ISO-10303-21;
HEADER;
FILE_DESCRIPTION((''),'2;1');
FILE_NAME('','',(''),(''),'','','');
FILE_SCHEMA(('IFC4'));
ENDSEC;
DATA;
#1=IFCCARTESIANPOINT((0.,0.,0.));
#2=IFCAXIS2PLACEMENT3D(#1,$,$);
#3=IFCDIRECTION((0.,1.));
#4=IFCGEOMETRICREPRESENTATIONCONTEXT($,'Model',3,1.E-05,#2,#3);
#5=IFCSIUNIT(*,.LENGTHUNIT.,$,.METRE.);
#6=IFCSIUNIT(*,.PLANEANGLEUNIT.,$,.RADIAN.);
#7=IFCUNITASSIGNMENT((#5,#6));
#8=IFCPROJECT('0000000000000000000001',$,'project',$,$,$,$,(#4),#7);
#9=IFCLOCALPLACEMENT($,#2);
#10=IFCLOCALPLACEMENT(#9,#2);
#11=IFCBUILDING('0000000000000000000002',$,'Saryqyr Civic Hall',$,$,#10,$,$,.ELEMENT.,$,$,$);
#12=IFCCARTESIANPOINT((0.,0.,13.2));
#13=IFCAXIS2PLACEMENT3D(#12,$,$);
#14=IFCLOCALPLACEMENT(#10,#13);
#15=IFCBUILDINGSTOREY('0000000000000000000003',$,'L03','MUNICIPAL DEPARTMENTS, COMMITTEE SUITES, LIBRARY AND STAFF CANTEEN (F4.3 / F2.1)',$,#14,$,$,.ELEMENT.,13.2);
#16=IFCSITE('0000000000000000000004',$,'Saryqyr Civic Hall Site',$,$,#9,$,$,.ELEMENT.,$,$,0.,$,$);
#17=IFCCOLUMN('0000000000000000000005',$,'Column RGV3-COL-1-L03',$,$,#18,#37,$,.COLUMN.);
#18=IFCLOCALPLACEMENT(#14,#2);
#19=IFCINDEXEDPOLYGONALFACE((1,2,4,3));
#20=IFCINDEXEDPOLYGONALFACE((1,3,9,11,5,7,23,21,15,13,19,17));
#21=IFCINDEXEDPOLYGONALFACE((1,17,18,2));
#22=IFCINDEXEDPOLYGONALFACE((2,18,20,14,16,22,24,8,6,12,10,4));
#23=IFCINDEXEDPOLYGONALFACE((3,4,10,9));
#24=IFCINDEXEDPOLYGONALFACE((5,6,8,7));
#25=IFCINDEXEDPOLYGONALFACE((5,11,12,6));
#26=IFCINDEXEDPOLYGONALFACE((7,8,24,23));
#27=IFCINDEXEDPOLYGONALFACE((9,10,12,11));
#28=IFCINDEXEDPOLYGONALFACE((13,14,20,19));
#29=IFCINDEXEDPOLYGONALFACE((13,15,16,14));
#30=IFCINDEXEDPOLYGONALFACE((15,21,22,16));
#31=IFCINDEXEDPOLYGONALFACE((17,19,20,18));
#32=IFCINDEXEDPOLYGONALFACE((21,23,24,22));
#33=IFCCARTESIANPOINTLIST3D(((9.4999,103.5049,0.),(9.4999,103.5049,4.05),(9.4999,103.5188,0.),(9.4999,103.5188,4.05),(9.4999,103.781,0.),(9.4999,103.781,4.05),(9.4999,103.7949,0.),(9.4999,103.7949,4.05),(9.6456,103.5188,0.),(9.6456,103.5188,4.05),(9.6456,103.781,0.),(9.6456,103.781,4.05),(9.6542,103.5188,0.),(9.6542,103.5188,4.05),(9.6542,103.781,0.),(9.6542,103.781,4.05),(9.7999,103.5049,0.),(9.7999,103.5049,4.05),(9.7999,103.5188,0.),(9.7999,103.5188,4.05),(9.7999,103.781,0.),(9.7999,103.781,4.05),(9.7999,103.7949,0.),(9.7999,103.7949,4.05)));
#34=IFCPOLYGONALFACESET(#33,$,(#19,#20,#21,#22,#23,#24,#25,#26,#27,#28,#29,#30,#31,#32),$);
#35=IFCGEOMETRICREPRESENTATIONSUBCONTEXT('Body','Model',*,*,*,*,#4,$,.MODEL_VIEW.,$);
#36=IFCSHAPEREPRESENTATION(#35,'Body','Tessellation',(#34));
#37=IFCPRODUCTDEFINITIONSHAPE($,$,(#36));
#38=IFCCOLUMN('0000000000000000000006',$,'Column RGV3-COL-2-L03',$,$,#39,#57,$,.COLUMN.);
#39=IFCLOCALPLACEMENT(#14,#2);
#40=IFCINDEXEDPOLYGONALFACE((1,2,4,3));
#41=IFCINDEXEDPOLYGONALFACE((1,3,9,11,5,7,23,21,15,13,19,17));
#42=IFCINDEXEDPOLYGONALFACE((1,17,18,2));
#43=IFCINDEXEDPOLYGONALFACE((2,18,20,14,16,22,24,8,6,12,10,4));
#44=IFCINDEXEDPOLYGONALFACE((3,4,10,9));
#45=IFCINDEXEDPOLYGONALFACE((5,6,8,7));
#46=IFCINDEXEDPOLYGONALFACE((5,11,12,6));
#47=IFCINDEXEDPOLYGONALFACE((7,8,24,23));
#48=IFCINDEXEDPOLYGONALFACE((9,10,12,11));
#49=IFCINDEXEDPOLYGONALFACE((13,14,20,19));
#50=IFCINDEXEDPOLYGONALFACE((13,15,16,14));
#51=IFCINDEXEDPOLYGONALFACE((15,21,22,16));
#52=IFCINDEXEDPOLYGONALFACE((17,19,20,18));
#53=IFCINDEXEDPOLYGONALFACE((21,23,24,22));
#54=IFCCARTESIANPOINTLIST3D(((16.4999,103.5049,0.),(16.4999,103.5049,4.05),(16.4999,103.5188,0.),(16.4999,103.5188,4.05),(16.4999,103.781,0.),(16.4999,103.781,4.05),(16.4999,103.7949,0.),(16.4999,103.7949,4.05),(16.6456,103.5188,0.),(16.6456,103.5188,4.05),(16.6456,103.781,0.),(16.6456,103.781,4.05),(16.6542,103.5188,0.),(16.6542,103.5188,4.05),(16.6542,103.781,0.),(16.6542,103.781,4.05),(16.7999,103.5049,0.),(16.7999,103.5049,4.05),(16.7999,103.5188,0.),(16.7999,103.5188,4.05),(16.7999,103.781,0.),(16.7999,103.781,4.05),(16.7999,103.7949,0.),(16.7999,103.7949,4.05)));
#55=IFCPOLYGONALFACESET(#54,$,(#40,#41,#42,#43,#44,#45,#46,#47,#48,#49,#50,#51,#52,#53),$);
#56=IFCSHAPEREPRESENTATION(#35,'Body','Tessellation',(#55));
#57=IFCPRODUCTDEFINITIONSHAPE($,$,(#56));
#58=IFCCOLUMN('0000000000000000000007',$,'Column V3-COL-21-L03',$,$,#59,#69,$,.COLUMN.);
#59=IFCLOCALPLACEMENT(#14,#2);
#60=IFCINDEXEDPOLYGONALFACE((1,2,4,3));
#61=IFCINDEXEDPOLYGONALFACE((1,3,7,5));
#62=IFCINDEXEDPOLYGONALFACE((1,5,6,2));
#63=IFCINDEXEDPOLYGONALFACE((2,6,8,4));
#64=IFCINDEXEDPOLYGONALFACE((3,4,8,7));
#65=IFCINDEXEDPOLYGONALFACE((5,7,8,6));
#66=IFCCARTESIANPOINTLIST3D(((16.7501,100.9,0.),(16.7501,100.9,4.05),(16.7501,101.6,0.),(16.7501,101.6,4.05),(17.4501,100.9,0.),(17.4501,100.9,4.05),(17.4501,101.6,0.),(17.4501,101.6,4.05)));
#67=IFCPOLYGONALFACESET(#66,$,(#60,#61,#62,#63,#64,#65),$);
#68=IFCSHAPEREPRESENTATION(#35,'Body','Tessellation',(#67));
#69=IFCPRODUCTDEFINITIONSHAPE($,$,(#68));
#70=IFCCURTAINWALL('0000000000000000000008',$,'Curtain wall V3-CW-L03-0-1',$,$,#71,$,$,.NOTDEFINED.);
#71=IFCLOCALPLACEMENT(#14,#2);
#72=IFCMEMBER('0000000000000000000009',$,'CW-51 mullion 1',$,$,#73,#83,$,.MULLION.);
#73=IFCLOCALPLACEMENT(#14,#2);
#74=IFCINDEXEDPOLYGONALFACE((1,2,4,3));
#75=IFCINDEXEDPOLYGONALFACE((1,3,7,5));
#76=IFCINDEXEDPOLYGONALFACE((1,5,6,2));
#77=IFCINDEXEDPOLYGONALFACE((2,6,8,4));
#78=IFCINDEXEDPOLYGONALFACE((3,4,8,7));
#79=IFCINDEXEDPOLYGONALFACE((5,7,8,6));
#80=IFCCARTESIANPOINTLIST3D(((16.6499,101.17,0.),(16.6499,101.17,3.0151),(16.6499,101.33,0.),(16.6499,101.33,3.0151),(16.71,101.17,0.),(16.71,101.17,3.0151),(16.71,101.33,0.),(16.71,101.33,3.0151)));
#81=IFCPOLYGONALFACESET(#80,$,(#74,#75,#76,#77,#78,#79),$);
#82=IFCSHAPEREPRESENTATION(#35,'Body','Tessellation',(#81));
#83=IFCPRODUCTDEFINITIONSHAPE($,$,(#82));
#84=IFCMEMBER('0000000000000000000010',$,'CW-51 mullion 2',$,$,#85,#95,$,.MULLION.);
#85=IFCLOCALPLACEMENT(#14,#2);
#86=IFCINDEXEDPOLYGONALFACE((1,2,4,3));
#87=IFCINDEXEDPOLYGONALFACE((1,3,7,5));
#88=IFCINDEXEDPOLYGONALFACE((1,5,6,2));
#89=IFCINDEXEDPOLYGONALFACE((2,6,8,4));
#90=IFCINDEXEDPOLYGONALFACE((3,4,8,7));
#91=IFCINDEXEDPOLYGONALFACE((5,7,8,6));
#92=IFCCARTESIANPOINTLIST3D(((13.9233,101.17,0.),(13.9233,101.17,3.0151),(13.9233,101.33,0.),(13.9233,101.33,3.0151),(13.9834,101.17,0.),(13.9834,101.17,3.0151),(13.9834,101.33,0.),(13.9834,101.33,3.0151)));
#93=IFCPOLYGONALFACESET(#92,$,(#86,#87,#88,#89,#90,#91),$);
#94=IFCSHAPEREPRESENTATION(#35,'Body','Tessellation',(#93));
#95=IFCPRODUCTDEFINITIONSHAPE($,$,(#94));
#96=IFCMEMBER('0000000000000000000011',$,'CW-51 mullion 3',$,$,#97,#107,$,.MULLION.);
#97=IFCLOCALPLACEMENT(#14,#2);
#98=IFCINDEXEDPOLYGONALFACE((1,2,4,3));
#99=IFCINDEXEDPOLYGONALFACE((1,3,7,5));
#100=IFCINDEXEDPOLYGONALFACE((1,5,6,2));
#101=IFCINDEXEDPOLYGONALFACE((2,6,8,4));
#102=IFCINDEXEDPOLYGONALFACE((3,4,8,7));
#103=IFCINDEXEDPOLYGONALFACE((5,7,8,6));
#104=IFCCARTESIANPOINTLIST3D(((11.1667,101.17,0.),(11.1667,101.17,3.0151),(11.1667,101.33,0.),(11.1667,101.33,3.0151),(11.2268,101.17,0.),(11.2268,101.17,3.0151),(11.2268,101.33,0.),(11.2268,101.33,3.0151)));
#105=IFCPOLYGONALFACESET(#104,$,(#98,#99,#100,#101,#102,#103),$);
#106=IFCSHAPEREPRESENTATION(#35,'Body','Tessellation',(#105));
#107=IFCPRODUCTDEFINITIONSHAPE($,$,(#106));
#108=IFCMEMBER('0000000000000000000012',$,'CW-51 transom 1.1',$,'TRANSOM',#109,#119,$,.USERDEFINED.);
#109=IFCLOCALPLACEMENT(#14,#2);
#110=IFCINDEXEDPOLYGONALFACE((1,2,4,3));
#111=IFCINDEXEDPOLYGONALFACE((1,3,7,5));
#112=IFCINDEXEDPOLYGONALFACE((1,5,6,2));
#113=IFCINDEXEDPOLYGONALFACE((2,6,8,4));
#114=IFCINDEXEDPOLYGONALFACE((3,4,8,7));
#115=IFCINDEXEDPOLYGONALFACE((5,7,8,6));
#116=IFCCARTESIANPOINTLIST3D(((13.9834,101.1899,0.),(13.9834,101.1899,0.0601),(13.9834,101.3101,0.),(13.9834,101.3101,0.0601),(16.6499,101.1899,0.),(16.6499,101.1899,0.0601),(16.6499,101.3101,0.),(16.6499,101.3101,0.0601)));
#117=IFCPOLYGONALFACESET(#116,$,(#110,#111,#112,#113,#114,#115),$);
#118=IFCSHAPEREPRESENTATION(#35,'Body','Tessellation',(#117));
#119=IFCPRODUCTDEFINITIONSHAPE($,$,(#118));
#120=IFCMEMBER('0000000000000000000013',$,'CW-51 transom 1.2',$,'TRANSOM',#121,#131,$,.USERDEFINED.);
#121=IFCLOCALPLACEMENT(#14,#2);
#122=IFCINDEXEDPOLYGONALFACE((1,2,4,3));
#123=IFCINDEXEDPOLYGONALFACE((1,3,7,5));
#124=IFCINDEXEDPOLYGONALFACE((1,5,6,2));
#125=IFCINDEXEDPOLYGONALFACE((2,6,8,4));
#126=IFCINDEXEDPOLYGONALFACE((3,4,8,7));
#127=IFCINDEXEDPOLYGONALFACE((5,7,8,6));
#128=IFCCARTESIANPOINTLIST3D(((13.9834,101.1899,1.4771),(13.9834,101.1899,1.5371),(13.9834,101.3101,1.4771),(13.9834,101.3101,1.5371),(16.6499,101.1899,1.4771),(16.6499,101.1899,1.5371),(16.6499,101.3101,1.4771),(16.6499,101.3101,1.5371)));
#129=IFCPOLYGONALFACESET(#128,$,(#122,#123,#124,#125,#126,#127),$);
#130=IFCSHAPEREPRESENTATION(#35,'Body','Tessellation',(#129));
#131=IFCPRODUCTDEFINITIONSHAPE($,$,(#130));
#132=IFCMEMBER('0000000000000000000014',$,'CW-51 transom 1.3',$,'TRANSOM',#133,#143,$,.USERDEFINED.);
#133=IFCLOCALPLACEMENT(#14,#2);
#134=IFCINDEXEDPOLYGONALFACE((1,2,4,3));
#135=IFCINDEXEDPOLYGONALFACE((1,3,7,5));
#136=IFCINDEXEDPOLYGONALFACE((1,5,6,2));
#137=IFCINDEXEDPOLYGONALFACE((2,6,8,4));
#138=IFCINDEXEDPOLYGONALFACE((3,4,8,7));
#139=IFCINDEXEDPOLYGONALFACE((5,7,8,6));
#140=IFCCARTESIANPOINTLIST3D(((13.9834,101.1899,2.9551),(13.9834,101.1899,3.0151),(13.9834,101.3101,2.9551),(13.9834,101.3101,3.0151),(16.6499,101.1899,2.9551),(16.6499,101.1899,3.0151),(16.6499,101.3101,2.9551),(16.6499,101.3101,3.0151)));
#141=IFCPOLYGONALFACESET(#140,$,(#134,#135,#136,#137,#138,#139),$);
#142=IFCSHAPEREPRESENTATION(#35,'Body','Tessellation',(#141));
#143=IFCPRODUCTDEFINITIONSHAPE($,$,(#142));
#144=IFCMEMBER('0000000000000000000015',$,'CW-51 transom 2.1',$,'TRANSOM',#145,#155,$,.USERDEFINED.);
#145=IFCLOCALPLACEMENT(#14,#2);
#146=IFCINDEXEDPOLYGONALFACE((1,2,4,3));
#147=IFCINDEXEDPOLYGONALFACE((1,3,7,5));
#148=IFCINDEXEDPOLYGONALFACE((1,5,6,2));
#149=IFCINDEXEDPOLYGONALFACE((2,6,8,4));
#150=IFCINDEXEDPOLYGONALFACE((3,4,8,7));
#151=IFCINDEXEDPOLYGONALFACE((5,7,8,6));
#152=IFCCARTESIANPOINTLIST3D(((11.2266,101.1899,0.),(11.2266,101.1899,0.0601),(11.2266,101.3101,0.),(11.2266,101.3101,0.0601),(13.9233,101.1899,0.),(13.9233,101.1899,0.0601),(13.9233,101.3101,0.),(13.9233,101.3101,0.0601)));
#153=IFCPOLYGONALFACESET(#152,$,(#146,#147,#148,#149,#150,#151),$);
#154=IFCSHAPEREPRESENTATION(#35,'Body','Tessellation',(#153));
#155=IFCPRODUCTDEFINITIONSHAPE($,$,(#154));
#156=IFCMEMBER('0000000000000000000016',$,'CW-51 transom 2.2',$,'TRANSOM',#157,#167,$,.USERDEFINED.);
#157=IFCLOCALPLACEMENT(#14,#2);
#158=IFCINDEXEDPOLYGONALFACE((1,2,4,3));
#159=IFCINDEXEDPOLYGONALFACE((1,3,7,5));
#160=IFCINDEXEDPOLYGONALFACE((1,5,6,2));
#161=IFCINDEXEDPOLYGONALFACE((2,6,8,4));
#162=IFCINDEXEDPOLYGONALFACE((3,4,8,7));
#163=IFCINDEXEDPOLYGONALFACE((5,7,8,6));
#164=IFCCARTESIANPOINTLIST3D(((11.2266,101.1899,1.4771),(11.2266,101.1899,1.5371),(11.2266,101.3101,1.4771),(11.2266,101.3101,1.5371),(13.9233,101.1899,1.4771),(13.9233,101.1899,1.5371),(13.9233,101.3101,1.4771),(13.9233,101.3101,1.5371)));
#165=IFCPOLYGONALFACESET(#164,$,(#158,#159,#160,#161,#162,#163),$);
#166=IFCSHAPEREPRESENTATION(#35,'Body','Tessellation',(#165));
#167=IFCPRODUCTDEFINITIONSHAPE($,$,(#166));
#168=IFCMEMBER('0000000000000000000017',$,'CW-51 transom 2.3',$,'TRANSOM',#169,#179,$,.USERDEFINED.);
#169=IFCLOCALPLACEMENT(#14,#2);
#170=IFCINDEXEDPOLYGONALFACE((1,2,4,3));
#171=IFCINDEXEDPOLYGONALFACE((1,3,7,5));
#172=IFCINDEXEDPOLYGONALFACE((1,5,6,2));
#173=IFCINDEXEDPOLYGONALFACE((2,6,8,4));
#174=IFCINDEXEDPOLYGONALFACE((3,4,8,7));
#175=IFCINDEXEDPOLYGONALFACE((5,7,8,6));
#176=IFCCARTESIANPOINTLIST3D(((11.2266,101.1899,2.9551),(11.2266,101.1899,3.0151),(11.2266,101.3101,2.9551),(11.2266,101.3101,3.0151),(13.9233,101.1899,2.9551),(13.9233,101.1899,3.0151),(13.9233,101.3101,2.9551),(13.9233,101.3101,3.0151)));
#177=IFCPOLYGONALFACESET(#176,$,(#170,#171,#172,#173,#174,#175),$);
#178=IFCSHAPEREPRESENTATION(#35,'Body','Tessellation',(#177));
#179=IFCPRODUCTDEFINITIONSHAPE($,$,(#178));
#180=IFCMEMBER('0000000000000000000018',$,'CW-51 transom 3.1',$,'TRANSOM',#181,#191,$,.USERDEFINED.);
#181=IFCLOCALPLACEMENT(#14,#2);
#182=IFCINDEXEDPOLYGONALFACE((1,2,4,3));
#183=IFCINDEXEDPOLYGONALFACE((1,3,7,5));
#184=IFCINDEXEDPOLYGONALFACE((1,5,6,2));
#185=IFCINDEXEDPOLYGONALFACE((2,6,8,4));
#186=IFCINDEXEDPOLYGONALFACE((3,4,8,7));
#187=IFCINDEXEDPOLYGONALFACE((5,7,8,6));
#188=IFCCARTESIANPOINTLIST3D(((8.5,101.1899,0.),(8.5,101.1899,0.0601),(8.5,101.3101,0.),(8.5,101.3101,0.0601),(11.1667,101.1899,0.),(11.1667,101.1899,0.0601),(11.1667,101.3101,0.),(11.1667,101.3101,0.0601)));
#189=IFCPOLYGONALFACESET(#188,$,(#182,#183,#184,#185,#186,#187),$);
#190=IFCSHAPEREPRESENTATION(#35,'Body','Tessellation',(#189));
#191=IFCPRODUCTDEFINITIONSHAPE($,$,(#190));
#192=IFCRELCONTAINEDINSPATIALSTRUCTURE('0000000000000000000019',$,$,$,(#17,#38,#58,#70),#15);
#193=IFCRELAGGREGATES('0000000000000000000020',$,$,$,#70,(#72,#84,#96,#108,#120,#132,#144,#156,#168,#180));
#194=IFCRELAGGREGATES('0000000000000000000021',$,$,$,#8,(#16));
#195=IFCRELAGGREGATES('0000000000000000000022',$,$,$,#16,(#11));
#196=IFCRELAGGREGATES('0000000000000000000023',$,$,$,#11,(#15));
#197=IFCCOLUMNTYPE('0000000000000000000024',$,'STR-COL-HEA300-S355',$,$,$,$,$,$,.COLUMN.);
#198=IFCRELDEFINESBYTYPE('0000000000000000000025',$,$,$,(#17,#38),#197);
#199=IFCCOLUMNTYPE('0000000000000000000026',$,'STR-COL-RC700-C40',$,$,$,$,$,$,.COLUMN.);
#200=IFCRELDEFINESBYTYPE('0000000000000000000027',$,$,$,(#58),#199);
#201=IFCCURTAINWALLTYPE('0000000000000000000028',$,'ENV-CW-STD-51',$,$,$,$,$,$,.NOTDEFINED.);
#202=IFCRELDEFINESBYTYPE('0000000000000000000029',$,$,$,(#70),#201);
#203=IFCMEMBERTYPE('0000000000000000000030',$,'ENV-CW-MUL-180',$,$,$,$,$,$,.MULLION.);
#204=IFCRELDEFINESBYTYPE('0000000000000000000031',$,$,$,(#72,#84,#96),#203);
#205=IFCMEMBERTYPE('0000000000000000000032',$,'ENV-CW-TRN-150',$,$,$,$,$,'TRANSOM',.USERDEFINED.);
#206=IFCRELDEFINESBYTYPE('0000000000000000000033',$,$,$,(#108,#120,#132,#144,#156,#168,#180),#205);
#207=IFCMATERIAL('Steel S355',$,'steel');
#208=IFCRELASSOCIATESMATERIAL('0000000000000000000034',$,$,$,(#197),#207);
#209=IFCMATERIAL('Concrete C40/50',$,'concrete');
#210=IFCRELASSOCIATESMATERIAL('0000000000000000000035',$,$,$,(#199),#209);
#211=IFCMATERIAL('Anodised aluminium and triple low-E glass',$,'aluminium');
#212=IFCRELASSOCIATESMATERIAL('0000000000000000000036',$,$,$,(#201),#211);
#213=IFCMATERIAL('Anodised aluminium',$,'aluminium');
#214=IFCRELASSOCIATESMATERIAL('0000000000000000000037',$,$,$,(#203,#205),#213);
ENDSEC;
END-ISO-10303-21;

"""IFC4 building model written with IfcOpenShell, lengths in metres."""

from ifc_helpers import new_model, si_unit, direction, frame, origin, origin_2d, place, context, subcontext, project, spatial, rectangle, i_section, extrude, material, material_profile, profile_set, type_object, element, aggregate, save


model = new_model("IFC4")

# Units and contexts
model_context = context("Model", 3, precision=1e-05, world=origin(), true_north=direction((0.0, 1.0)))
body_context = subcontext(model_context, "Body", "Model", "MODEL_VIEW")
ifc_project = project(units=[si_unit("LENGTHUNIT", "METRE"), si_unit("PLANEANGLEUNIT", "RADIAN")], contexts=[model_context])

# Site, building, storey
site_placement = place(None, origin())
site = spatial("IfcSite", under=ifc_project, at=site_placement, Name="Saryqyr Civic Hall Site", CompositionType="ELEMENT", RefElevation=0.0)
building_placement = place(site_placement, origin())
building = spatial("IfcBuilding", under=site, at=building_placement, Name="Saryqyr Civic Hall", CompositionType="ELEMENT")
storey_placement = place(building_placement, frame((0.0, 0.0, 13.2)))
storey = spatial("IfcBuildingStorey", under=building, at=storey_placement, Name="L03", Description="MUNICIPAL DEPARTMENTS, COMMITTEE SUITES, LIBRARY AND STAFF CANTEEN (F4.3 / F2.1)", CompositionType="ELEMENT", Elevation=13.2)

# Columns
ifc_material_1 = material(Name="Steel S355", Category="steel")
ifc_material_profile_1 = material_profile(ifc_material_1, i_section(OverallWidth=0.3, OverallDepth=0.29, WebThickness=0.0085, FlangeThickness=0.0139, at=origin_2d()), Name="HEA 300")
ifc_profile_set_1 = profile_set([ifc_material_profile_1], Name="Steel S355")
column_type_1 = type_object("IfcColumnType", Name="STR-COL-HEA300-S355", PredefinedType="COLUMN", material=ifc_profile_set_1)
for number, where, z_axis, x_axis, name in (
    (1, (9.6499, 103.6499, 0.0), (0.0, 0.0, 1.0), (1.0, 0.0, 0.0), "Column RGV3-COL-1-L03"),
    (2, (16.6499, 103.6499, 0.0), (0.0, 0.0, 1.0), (1.0, 0.0, 0.0), "Column RGV3-COL-2-L03"),
):
    element("IfcColumn", number, at=place(storey_placement, frame(where, z_axis=z_axis, x_axis=x_axis)), inside=storey, type_object=column_type_1, Name=name, PredefinedType="COLUMN", context=body_context, shape_type="SweptSolid", body=[
        extrude(i_section(OverallWidth=0.3, OverallDepth=0.29, WebThickness=0.0085, FlangeThickness=0.0139, at=origin_2d()), origin(), (0.0, 0.0, 1.0), 4.05),
    ])
ifc_material_2 = material(Name="Concrete C40/50", Category="concrete")
ifc_material_profile_2 = material_profile(ifc_material_2, rectangle(XDim=0.7, YDim=0.7, at=origin_2d()), Name="RC 700x700")
ifc_profile_set_2 = profile_set([ifc_material_profile_2], Name="Concrete C40/50")
column_type_2 = type_object("IfcColumnType", Name="STR-COL-RC700-C40", PredefinedType="COLUMN", material=ifc_profile_set_2)
column_placement = place(storey_placement, frame((17.1001, 101.25, 0.0), z_axis=(0.0, 0.0, 1.0), x_axis=(1.0, 0.0, 0.0)))
element("IfcColumn", 3, at=column_placement, inside=storey, type_object=column_type_2, Name="Column V3-COL-21-L03", PredefinedType="COLUMN", context=body_context, shape_type="SweptSolid", body=[
    extrude(rectangle(XDim=0.7, YDim=0.7, at=origin_2d()), origin(), (0.0, 0.0, 1.0), 4.05),
])

# Curtain wall, members
ifc_material_3 = material(Name="Anodised aluminium and triple low-E glass", Category="aluminium")
curtain_wall_type = type_object("IfcCurtainWallType", Name="ENV-CW-STD-51", PredefinedType="NOTDEFINED", material=ifc_material_3)
curtain_wall_placement = place(storey_placement, origin())
curtain_wall = element("IfcCurtainWall", 4, at=curtain_wall_placement, inside=storey, type_object=curtain_wall_type, Name="Curtain wall V3-CW-L03-0-1", PredefinedType="NOTDEFINED")
ifc_material_4 = material(Name="Anodised aluminium", Category="aluminium")
ifc_material_profile_3 = material_profile(ifc_material_4, rectangle(XDim=0.0601, YDim=0.1599, at=origin_2d()), Name="ALU MULLION 60x160")
ifc_profile_set_3 = profile_set([ifc_material_profile_3], Name="Anodised aluminium")
member_type_1 = type_object("IfcMemberType", Name="ENV-CW-MUL-180", PredefinedType="MULLION", material=ifc_profile_set_3)
member_1_placement = place(storey_placement, frame((16.6799, 101.25, 0.0), z_axis=(0.0, 0.0, 1.0), x_axis=(-1.0, 0.0, 0.0)))
member_1 = element("IfcMember", 5, at=member_1_placement, type_object=member_type_1, Name="CW-51 mullion 1", PredefinedType="MULLION", context=body_context, shape_type="SweptSolid", body=[
    extrude(rectangle(XDim=0.0601, YDim=0.1599, at=origin_2d()), origin(), (0.0, 0.0, 1.0), 3.0151),
])
member_2_placement = place(storey_placement, frame((13.9534, 101.25, 0.0), z_axis=(0.0, 0.0, 1.0), x_axis=(-1.0, 0.0, 0.0)))
member_2 = element("IfcMember", 6, at=member_2_placement, type_object=member_type_1, Name="CW-51 mullion 2", PredefinedType="MULLION", context=body_context, shape_type="SweptSolid", body=[
    extrude(rectangle(XDim=0.0601, YDim=0.1599, at=origin_2d()), origin(), (0.0, 0.0, 1.0), 3.0151),
])
member_3_placement = place(storey_placement, frame((11.1968, 101.25, 0.0), z_axis=(0.0, 0.0, 1.0), x_axis=(-1.0, 0.0, 0.0)))
member_3 = element("IfcMember", 7, at=member_3_placement, type_object=member_type_1, Name="CW-51 mullion 3", PredefinedType="MULLION", context=body_context, shape_type="SweptSolid", body=[
    extrude(rectangle(XDim=0.0601, YDim=0.1599, at=origin_2d()), origin(), (0.0, 0.0, 1.0), 3.0151),
])
ifc_material_profile_4 = material_profile(ifc_material_4, rectangle(XDim=0.1201, YDim=0.0601, at=origin_2d()), Name="ALU TRANSOM 120x60")
ifc_profile_set_4 = profile_set([ifc_material_profile_4], Name="Anodised aluminium")
member_type_2 = type_object("IfcMemberType", Name="ENV-CW-TRN-150", ElementType="TRANSOM", PredefinedType="USERDEFINED", material=ifc_profile_set_4)
member_4_placement = place(storey_placement, frame((16.6499, 101.25, 0.03), z_axis=(-1.0, 0.0, 0.0), x_axis=(0.0, -1.0, 0.0)))
member_4 = element("IfcMember", 8, at=member_4_placement, type_object=member_type_2, Name="CW-51 transom 1.1", ObjectType="TRANSOM", PredefinedType="USERDEFINED", context=body_context, shape_type="SweptSolid", body=[
    extrude(rectangle(XDim=0.1201, YDim=0.0601, at=origin_2d()), origin(), (0.0, 0.0, 1.0), 2.6665),
])
member_5_placement = place(storey_placement, frame((16.6499, 101.25, 1.5071), z_axis=(-1.0, 0.0, 0.0), x_axis=(0.0, -1.0, 0.0)))
member_5 = element("IfcMember", 9, at=member_5_placement, type_object=member_type_2, Name="CW-51 transom 1.2", ObjectType="TRANSOM", PredefinedType="USERDEFINED", context=body_context, shape_type="SweptSolid", body=[
    extrude(rectangle(XDim=0.1201, YDim=0.0601, at=origin_2d()), origin(), (0.0, 0.0, 1.0), 2.6665),
])
member_6_placement = place(storey_placement, frame((16.6499, 101.25, 2.9851), z_axis=(-1.0, 0.0, 0.0), x_axis=(0.0, -1.0, 0.0)))
member_6 = element("IfcMember", 10, at=member_6_placement, type_object=member_type_2, Name="CW-51 transom 1.3", ObjectType="TRANSOM", PredefinedType="USERDEFINED", context=body_context, shape_type="SweptSolid", body=[
    extrude(rectangle(XDim=0.1201, YDim=0.0601, at=origin_2d()), origin(), (0.0, 0.0, 1.0), 2.6665),
])
member_7_placement = place(storey_placement, frame((13.9233, 101.25, 0.03), z_axis=(-1.0, 0.0, 0.0), x_axis=(0.0, -1.0, 0.0)))
member_7 = element("IfcMember", 11, at=member_7_placement, type_object=member_type_2, Name="CW-51 transom 2.1", ObjectType="TRANSOM", PredefinedType="USERDEFINED", context=body_context, shape_type="SweptSolid", body=[
    extrude(rectangle(XDim=0.1201, YDim=0.0601, at=origin_2d()), origin(), (0.0, 0.0, 1.0), 2.6968),
])
member_8_placement = place(storey_placement, frame((13.9233, 101.25, 1.5071), z_axis=(-1.0, 0.0, 0.0), x_axis=(0.0, -1.0, 0.0)))
member_8 = element("IfcMember", 12, at=member_8_placement, type_object=member_type_2, Name="CW-51 transom 2.2", ObjectType="TRANSOM", PredefinedType="USERDEFINED", context=body_context, shape_type="SweptSolid", body=[
    extrude(rectangle(XDim=0.1201, YDim=0.0601, at=origin_2d()), origin(), (0.0, 0.0, 1.0), 2.6968),
])
member_9_placement = place(storey_placement, frame((13.9233, 101.25, 2.9851), z_axis=(-1.0, 0.0, 0.0), x_axis=(0.0, -1.0, 0.0)))
member_9 = element("IfcMember", 13, at=member_9_placement, type_object=member_type_2, Name="CW-51 transom 2.3", ObjectType="TRANSOM", PredefinedType="USERDEFINED", context=body_context, shape_type="SweptSolid", body=[
    extrude(rectangle(XDim=0.1201, YDim=0.0601, at=origin_2d()), origin(), (0.0, 0.0, 1.0), 2.6968),
])
member_10_placement = place(storey_placement, frame((11.1667, 101.25, 0.03), z_axis=(-1.0, 0.0, 0.0), x_axis=(0.0, -1.0, 0.0)))
member_10 = element("IfcMember", 14, at=member_10_placement, type_object=member_type_2, Name="CW-51 transom 3.1", ObjectType="TRANSOM", PredefinedType="USERDEFINED", context=body_context, shape_type="SweptSolid", body=[
    extrude(rectangle(XDim=0.1201, YDim=0.0601, at=origin_2d()), origin(), (0.0, 0.0, 1.0), 2.6667),
])

aggregate(curtain_wall, [member_1, member_2, member_3, member_4, member_5, member_6, member_7, member_8, member_9, member_10])

save(model, "model.ifc")
